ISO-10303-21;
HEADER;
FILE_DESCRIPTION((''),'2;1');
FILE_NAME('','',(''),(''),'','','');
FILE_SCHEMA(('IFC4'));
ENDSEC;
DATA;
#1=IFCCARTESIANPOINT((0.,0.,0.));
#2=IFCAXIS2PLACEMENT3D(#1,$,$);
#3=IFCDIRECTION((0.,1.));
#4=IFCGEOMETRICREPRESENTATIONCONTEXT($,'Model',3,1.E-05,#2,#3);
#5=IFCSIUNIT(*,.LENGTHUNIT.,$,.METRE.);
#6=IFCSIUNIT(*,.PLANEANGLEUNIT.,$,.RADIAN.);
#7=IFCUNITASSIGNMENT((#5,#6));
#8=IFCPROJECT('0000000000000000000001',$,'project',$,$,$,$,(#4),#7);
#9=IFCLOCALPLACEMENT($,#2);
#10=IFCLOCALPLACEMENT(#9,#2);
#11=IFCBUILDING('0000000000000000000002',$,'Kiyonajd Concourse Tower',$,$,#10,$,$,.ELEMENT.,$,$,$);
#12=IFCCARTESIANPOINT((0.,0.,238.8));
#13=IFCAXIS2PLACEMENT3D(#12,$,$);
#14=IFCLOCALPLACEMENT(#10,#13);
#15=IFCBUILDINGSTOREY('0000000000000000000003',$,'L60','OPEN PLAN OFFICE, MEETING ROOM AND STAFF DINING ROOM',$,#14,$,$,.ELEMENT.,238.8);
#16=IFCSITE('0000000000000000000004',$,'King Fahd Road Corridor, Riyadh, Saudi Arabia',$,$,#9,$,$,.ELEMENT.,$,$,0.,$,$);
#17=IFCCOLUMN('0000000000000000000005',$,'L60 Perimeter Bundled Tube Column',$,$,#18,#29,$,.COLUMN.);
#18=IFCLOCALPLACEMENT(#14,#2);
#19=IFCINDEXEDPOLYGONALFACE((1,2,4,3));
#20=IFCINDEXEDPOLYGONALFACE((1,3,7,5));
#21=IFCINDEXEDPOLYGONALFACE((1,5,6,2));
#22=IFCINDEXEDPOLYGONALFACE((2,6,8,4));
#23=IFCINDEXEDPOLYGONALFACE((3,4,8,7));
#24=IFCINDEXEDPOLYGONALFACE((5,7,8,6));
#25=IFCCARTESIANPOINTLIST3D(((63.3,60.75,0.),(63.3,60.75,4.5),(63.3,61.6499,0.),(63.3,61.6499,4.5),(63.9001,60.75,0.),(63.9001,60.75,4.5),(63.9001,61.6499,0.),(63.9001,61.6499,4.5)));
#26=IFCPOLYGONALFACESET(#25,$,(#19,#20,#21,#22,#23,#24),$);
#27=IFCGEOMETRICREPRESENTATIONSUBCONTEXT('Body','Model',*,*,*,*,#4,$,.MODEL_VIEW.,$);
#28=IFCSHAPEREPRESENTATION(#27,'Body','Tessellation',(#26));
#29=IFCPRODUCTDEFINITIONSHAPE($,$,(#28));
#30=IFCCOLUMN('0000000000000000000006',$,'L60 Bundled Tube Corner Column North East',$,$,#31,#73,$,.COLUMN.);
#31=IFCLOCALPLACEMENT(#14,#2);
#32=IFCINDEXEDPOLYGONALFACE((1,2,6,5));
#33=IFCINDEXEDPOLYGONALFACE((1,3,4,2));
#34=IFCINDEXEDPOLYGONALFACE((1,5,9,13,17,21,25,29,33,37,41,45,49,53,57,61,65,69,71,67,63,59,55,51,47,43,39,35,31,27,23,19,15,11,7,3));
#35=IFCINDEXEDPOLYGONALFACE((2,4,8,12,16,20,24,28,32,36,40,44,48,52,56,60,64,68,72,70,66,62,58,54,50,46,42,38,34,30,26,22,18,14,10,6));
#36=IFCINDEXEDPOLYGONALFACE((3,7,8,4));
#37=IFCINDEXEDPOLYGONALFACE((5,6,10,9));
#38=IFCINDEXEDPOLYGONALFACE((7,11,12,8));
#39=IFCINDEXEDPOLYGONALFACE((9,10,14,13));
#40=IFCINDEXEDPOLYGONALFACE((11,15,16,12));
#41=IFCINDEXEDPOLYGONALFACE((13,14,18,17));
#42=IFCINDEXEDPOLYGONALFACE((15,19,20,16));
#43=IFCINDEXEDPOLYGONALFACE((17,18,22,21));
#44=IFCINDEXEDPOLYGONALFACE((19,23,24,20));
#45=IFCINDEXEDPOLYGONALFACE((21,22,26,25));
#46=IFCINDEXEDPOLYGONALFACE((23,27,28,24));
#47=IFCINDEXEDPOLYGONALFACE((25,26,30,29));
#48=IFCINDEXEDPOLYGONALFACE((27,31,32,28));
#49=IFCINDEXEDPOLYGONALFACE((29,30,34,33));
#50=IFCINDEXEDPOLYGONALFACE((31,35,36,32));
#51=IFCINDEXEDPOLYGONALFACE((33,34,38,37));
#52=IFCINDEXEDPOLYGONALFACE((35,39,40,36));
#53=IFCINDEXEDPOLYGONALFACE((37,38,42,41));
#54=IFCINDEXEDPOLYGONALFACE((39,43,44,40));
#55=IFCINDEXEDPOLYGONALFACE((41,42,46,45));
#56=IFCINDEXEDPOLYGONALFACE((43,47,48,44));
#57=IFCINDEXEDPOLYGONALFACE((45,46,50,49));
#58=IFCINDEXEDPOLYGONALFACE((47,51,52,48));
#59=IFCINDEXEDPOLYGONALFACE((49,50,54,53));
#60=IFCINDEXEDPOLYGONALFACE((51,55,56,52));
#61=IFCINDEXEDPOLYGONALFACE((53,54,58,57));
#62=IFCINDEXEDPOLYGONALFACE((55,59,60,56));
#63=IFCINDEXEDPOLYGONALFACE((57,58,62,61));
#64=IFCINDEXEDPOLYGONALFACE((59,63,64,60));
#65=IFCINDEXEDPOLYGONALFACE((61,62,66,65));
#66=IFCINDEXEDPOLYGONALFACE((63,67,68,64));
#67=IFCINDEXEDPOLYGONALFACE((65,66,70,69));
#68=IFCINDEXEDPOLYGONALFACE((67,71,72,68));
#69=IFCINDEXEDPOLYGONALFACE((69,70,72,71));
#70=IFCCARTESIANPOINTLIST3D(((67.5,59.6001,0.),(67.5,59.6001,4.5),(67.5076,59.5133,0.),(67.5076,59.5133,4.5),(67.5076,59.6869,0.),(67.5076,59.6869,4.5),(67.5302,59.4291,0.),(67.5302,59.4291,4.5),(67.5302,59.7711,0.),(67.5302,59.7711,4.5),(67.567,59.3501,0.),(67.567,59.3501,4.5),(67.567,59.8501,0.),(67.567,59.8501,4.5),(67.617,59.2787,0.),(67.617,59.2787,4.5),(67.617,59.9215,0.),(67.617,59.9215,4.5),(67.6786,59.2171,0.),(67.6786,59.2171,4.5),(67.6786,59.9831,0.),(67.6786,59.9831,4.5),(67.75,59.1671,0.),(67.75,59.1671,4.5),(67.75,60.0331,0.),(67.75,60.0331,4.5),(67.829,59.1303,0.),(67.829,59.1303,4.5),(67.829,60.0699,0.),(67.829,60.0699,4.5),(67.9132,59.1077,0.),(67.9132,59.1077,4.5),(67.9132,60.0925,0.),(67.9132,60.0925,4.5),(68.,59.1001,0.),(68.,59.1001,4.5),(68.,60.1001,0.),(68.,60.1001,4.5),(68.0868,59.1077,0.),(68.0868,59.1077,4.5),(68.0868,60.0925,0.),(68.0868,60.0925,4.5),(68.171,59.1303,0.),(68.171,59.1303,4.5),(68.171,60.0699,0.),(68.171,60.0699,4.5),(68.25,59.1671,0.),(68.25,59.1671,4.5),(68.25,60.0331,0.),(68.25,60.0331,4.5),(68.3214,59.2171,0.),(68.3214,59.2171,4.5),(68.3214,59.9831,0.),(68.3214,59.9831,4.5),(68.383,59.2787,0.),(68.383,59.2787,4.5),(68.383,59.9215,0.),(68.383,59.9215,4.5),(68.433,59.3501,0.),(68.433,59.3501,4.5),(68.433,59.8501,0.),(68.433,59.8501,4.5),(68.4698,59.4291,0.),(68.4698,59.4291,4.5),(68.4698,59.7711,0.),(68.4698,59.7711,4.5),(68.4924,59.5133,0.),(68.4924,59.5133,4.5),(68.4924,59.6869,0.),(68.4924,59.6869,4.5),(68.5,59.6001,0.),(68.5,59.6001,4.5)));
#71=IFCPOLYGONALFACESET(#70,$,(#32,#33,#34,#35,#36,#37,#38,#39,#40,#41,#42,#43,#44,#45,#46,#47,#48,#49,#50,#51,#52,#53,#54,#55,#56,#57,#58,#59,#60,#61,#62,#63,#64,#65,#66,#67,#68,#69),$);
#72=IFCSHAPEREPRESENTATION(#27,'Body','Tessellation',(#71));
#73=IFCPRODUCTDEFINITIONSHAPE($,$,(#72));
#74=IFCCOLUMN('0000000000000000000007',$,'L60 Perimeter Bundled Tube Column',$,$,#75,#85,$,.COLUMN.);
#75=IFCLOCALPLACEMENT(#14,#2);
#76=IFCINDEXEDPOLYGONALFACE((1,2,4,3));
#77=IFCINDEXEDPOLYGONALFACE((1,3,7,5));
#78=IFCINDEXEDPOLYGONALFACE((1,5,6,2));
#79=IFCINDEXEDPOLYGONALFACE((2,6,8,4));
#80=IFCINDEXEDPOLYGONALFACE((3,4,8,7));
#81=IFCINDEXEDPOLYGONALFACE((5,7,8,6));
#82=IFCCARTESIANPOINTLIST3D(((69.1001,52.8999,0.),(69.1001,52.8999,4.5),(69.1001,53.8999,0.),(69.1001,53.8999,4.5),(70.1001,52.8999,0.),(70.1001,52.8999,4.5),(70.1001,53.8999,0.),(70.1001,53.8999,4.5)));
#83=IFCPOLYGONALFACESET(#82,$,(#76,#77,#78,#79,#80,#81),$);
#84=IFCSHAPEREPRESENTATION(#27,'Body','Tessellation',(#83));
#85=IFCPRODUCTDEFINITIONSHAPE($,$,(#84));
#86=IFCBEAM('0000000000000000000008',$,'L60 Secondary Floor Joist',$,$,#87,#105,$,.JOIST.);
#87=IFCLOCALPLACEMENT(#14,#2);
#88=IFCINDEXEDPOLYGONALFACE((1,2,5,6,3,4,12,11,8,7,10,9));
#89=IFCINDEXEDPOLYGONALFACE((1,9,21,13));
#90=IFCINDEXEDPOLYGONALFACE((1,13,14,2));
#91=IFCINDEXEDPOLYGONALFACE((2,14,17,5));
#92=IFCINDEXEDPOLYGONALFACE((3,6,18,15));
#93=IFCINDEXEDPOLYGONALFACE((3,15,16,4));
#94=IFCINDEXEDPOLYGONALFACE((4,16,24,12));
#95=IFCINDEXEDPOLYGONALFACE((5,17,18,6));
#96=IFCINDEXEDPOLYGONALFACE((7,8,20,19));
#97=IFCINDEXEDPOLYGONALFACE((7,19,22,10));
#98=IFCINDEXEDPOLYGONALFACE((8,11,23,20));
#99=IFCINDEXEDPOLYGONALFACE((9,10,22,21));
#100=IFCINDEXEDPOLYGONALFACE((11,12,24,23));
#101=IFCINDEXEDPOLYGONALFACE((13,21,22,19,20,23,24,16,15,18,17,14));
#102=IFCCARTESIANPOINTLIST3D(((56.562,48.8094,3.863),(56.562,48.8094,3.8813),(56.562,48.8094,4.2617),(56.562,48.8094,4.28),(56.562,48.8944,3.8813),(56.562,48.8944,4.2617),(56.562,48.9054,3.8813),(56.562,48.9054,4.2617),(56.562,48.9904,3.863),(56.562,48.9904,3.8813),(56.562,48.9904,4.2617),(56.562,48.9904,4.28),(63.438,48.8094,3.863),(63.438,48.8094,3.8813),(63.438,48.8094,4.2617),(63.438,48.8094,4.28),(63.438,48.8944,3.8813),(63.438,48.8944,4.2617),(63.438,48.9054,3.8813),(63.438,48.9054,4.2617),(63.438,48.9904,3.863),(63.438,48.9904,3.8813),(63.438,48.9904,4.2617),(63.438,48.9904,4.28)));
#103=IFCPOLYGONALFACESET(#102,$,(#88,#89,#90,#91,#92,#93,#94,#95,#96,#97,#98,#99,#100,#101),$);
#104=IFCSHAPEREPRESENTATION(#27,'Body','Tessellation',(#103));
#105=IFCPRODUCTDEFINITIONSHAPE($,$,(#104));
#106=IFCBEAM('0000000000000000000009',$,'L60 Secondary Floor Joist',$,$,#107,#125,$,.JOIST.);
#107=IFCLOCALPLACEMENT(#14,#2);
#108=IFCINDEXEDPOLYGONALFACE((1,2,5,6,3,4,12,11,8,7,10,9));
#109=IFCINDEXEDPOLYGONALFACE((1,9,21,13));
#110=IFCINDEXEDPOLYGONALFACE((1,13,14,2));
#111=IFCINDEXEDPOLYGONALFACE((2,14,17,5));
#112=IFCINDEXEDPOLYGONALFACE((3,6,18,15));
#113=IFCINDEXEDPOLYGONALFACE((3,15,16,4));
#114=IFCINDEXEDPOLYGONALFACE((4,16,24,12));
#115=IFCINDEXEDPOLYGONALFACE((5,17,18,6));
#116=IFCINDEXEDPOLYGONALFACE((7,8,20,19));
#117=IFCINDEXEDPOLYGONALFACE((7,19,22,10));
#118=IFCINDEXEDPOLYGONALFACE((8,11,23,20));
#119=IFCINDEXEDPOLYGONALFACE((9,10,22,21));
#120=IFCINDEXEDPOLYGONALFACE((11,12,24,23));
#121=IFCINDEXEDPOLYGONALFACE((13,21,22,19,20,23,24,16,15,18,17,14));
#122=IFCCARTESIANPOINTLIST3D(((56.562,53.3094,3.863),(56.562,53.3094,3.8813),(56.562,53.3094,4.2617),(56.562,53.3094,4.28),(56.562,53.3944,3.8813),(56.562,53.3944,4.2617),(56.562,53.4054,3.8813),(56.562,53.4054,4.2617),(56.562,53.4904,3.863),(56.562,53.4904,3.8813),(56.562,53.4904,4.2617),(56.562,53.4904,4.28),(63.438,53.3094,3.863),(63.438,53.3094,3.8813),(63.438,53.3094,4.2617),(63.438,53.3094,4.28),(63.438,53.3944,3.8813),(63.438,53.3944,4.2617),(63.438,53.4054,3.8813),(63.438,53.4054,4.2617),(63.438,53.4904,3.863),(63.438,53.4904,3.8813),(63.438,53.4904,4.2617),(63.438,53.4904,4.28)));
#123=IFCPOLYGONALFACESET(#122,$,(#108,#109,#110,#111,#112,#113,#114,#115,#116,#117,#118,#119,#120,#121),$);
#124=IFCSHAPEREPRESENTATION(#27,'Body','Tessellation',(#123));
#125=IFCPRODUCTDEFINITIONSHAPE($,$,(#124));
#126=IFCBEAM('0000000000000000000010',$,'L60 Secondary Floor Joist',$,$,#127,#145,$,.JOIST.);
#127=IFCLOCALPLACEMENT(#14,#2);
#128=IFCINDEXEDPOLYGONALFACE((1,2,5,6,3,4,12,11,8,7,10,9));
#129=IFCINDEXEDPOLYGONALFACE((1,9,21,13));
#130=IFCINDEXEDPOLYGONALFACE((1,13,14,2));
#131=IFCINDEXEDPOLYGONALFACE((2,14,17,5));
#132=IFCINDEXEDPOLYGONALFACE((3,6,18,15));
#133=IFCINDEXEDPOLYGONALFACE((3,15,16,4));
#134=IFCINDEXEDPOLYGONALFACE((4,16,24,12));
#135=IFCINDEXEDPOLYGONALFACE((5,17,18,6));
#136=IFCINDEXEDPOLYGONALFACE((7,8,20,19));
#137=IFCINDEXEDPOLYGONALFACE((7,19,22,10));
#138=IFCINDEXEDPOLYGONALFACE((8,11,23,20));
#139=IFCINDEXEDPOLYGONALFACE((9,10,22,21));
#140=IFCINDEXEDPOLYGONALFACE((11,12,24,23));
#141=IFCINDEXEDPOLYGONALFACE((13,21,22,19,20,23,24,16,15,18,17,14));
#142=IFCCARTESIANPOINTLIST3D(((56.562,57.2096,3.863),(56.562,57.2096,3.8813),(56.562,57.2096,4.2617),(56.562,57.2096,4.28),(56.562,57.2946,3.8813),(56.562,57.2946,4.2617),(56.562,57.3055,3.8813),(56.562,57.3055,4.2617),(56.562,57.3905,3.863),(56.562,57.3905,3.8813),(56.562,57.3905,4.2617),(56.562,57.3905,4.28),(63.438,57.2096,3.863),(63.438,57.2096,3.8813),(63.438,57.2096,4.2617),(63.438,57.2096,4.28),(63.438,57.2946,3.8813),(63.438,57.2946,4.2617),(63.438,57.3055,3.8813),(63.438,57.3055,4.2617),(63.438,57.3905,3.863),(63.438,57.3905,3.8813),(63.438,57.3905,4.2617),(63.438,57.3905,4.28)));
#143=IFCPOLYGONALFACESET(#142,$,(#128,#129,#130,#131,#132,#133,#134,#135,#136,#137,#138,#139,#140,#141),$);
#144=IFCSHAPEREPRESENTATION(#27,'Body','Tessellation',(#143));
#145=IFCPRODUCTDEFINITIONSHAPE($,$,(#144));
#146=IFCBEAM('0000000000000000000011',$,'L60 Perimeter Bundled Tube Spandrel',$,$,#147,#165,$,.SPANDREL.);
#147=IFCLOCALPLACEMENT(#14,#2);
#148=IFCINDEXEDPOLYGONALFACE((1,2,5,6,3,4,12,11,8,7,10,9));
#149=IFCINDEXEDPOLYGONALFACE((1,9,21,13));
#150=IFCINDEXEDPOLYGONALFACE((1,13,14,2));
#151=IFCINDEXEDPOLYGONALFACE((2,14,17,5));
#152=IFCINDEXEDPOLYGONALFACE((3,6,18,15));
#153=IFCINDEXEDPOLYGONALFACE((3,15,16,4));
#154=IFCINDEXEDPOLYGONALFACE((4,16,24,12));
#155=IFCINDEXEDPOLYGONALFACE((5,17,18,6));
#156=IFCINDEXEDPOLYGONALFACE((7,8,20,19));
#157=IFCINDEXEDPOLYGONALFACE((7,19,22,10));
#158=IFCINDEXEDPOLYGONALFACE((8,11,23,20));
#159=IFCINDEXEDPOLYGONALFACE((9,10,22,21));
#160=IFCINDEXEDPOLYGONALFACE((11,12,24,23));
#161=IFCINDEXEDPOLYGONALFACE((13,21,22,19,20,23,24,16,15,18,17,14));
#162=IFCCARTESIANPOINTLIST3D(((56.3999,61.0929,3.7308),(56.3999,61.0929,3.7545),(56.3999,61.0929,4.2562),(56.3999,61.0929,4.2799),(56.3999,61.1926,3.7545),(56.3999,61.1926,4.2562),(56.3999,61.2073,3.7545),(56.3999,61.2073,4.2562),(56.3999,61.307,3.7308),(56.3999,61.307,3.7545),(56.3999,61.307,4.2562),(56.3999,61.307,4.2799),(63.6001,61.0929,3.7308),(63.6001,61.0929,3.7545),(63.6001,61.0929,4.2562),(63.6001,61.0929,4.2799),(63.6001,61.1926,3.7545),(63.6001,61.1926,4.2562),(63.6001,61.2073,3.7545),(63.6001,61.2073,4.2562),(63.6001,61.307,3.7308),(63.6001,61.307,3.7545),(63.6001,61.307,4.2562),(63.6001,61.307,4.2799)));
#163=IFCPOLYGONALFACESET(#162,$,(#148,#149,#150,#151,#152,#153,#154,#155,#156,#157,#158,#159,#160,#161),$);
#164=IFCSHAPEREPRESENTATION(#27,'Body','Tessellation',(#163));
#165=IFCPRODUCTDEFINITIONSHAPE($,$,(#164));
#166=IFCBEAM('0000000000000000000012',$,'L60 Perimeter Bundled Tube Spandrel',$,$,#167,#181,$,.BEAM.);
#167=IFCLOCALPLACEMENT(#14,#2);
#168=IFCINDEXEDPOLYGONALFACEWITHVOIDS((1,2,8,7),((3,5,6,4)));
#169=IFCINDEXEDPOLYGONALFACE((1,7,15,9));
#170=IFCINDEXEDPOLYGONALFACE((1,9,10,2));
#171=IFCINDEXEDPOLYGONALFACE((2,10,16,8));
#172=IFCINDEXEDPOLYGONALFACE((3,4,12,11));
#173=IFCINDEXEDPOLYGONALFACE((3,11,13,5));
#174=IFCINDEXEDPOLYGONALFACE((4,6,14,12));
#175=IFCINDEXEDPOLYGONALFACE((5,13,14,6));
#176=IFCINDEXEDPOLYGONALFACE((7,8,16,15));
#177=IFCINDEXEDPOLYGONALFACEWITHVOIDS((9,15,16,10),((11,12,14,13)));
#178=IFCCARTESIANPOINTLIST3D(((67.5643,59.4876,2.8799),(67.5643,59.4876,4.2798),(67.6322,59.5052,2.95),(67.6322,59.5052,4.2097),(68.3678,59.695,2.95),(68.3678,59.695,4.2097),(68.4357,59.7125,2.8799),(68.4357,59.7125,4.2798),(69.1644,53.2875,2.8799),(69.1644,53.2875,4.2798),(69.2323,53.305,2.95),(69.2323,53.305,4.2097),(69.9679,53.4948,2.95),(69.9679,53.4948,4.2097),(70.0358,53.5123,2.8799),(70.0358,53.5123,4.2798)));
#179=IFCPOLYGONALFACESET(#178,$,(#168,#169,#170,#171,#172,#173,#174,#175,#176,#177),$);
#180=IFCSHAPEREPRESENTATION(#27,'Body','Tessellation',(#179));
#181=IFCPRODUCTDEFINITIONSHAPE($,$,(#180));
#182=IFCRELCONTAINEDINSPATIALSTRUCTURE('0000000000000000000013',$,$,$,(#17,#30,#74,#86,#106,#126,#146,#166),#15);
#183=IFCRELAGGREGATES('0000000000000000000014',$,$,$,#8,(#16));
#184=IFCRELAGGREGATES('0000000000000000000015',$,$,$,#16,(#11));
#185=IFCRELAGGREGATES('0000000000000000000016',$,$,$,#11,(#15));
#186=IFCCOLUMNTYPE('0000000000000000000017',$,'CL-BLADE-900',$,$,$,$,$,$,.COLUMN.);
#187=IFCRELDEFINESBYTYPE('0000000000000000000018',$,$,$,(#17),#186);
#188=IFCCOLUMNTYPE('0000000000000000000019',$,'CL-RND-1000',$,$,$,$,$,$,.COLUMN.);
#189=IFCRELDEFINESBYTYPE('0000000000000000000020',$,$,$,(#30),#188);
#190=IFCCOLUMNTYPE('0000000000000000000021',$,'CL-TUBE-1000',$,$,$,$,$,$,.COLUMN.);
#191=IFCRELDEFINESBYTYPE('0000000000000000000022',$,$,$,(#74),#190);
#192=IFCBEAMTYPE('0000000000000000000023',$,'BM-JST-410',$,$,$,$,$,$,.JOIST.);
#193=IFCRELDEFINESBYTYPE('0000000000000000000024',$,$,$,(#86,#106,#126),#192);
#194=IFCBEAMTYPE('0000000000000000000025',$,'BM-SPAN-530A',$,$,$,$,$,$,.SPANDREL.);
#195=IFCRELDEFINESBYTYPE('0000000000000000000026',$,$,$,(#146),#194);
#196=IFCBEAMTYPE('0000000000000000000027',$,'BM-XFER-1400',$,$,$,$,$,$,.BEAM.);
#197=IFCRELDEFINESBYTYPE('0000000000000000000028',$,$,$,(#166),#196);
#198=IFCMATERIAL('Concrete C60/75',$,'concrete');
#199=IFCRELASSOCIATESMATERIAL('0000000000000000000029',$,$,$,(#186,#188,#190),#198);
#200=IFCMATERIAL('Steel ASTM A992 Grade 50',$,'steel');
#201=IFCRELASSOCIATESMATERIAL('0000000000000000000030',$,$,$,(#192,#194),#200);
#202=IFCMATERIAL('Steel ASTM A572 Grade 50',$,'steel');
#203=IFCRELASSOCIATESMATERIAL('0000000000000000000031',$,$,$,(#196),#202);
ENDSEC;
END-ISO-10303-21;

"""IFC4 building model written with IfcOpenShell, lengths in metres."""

from ifc_helpers import new_model, si_unit, direction, frame, origin, origin_2d, place, context, subcontext, project, spatial, rectangle, hollow_rectangle, circle, i_section, extrude, material, material_profile, profile_set, type_object, element, save


model = new_model("IFC4")

# Units and contexts
model_context = context("Model", 3, precision=1e-05, world=origin(), true_north=direction((0.0, 1.0)))
body_context = subcontext(model_context, "Body", "Model", "MODEL_VIEW")
ifc_project = project(units=[si_unit("LENGTHUNIT", "METRE"), si_unit("PLANEANGLEUNIT", "RADIAN")], contexts=[model_context])

# Site, building, storey
site_placement = place(None, origin())
site = spatial("IfcSite", under=ifc_project, at=site_placement, Name="King Fahd Road Corridor, Riyadh, Saudi Arabia", CompositionType="ELEMENT", RefElevation=0.0)
building_placement = place(site_placement, origin())
building = spatial("IfcBuilding", under=site, at=building_placement, Name="Kiyonajd Concourse Tower", CompositionType="ELEMENT")
storey_placement = place(building_placement, frame((0.0, 0.0, 238.8)))
storey = spatial("IfcBuildingStorey", under=building, at=storey_placement, Name="L60", Description="OPEN PLAN OFFICE, MEETING ROOM AND STAFF DINING ROOM", CompositionType="ELEMENT", Elevation=238.8)

# Columns
ifc_material_1 = material(Name="Concrete C60/75", Category="concrete")
ifc_material_profile_1 = material_profile(ifc_material_1, rectangle(XDim=0.6001, YDim=0.8999, at=origin_2d()), Name="RC-900x600")
ifc_profile_set_1 = profile_set([ifc_material_profile_1], Name="Concrete C60/75")
column_type_1 = type_object("IfcColumnType", Name="CL-BLADE-900", PredefinedType="COLUMN", material=ifc_profile_set_1)
column_1_placement = place(storey_placement, frame((63.6001, 61.2, 0.0), z_axis=(0.0, 0.0, 1.0), x_axis=(1.0, 0.0, 0.0)))
element("IfcColumn", 1, at=column_1_placement, inside=storey, type_object=column_type_1, Name="L60 Perimeter Bundled Tube Column", PredefinedType="COLUMN", context=body_context, shape_type="SweptSolid", body=[
    extrude(rectangle(XDim=0.6001, YDim=0.8999, at=origin_2d()), origin(), (0.0, 0.0, 1.0), 4.5),
])
ifc_material_profile_2 = material_profile(ifc_material_1, circle(Radius=0.5, at=origin_2d()), Name="RCC-D1000")
ifc_profile_set_2 = profile_set([ifc_material_profile_2], Name="Concrete C60/75")
column_type_2 = type_object("IfcColumnType", Name="CL-RND-1000", PredefinedType="COLUMN", material=ifc_profile_set_2)
column_2_placement = place(storey_placement, frame((68.0, 59.6001, 0.0), z_axis=(0.0, 0.0, 1.0), x_axis=(1.0, 0.0, 0.0)))
element("IfcColumn", 2, at=column_2_placement, inside=storey, type_object=column_type_2, Name="L60 Bundled Tube Corner Column North East", PredefinedType="COLUMN", context=body_context, shape_type="SweptSolid", body=[
    extrude(circle(Radius=0.5, at=origin_2d()), origin(), (0.0, 0.0, 1.0), 4.5),
])
ifc_material_profile_3 = material_profile(ifc_material_1, rectangle(XDim=1.0, YDim=1.0, at=origin_2d()), Name="RC-1000x1000")
ifc_profile_set_3 = profile_set([ifc_material_profile_3], Name="Concrete C60/75")
column_type_3 = type_object("IfcColumnType", Name="CL-TUBE-1000", PredefinedType="COLUMN", material=ifc_profile_set_3)
column_3_placement = place(storey_placement, frame((69.6001, 53.3999, 0.0), z_axis=(0.0, 0.0, 1.0), x_axis=(1.0, 0.0, 0.0)))
element("IfcColumn", 3, at=column_3_placement, inside=storey, type_object=column_type_3, Name="L60 Perimeter Bundled Tube Column", PredefinedType="COLUMN", context=body_context, shape_type="SweptSolid", body=[
    extrude(rectangle(XDim=1.0, YDim=1.0, at=origin_2d()), origin(), (0.0, 0.0, 1.0), 4.5),
])

# Beams
ifc_material_2 = material(Name="Steel ASTM A992 Grade 50", Category="steel")
ifc_material_profile_4 = material_profile(ifc_material_2, i_section(OverallWidth=0.1809, OverallDepth=0.417, WebThickness=0.011, FlangeThickness=0.0183, at=origin_2d()), Name="W410X85")
ifc_profile_set_4 = profile_set([ifc_material_profile_4], Name="Steel ASTM A992 Grade 50")
beam_type_1 = type_object("IfcBeamType", Name="BM-JST-410", PredefinedType="JOIST", material=ifc_profile_set_4)
for number, where, z_axis, x_axis, name in (
    (4, (56.562, 48.8999, 4.0715), (1.0, 0.0, 0.0), (0.0, 1.0, 0.0), "L60 Secondary Floor Joist"),
    (5, (56.562, 53.3999, 4.0715), (1.0, 0.0, 0.0), (0.0, 1.0, 0.0), "L60 Secondary Floor Joist"),
    (6, (56.562, 57.3, 4.0715), (1.0, 0.0, 0.0), (0.0, 1.0, 0.0), "L60 Secondary Floor Joist"),
):
    element("IfcBeam", number, at=place(storey_placement, frame(where, z_axis=z_axis, x_axis=x_axis)), inside=storey, type_object=beam_type_1, Name=name, PredefinedType="JOIST", context=body_context, shape_type="SweptSolid", body=[
        extrude(i_section(OverallWidth=0.1809, OverallDepth=0.417, WebThickness=0.011, FlangeThickness=0.0183, at=origin_2d()), origin(), (0.0, 0.0, 1.0), 6.876),
    ])
ifc_material_profile_5 = material_profile(ifc_material_2, i_section(OverallWidth=0.2141, OverallDepth=0.5491, WebThickness=0.0146, FlangeThickness=0.0237, at=origin_2d()), Name="W530X138")
ifc_profile_set_5 = profile_set([ifc_material_profile_5], Name="Steel ASTM A992 Grade 50")
beam_type_2 = type_object("IfcBeamType", Name="BM-SPAN-530A", PredefinedType="SPANDREL", material=ifc_profile_set_5)
beam_1_placement = place(storey_placement, frame((63.6001, 61.2, 4.0054), z_axis=(-1.0, 0.0, 0.0), x_axis=(0.0, -1.0, 0.0)))
element("IfcBeam", 7, at=beam_1_placement, inside=storey, type_object=beam_type_2, Name="L60 Perimeter Bundled Tube Spandrel", PredefinedType="SPANDREL", context=body_context, shape_type="SweptSolid", body=[
    extrude(i_section(OverallWidth=0.2141, OverallDepth=0.5491, WebThickness=0.0146, FlangeThickness=0.0237, at=origin_2d()), origin(), (0.0, 0.0, 1.0), 7.2002),
])
ifc_material_3 = material(Name="Steel ASTM A572 Grade 50", Category="steel")
ifc_material_profile_6 = material_profile(ifc_material_3, hollow_rectangle(XDim=0.8999, YDim=1.3999, WallThickness=0.0701, at=origin_2d()), Name="BOX-1400x900x70")
ifc_profile_set_6 = profile_set([ifc_material_profile_6], Name="Steel ASTM A572 Grade 50")
beam_type_3 = type_object("IfcBeamType", Name="BM-XFER-1400", PredefinedType="BEAM", material=ifc_profile_set_6)
beam_2_placement = place(storey_placement, frame((69.6001, 53.3999, 3.5798), z_axis=(-0.249885, 0.968276, 0.0), x_axis=(-0.968276, -0.249885, 0.0)))
element("IfcBeam", 8, at=beam_2_placement, inside=storey, type_object=beam_type_3, Name="L60 Perimeter Bundled Tube Spandrel", PredefinedType="BEAM", context=body_context, shape_type="SweptSolid", body=[
    extrude(hollow_rectangle(XDim=0.8999, YDim=1.3999, WallThickness=0.0701, at=origin_2d()), origin(), (0.0, 0.0, 1.0), 6.4033),
])

save(model, "model.ifc")
